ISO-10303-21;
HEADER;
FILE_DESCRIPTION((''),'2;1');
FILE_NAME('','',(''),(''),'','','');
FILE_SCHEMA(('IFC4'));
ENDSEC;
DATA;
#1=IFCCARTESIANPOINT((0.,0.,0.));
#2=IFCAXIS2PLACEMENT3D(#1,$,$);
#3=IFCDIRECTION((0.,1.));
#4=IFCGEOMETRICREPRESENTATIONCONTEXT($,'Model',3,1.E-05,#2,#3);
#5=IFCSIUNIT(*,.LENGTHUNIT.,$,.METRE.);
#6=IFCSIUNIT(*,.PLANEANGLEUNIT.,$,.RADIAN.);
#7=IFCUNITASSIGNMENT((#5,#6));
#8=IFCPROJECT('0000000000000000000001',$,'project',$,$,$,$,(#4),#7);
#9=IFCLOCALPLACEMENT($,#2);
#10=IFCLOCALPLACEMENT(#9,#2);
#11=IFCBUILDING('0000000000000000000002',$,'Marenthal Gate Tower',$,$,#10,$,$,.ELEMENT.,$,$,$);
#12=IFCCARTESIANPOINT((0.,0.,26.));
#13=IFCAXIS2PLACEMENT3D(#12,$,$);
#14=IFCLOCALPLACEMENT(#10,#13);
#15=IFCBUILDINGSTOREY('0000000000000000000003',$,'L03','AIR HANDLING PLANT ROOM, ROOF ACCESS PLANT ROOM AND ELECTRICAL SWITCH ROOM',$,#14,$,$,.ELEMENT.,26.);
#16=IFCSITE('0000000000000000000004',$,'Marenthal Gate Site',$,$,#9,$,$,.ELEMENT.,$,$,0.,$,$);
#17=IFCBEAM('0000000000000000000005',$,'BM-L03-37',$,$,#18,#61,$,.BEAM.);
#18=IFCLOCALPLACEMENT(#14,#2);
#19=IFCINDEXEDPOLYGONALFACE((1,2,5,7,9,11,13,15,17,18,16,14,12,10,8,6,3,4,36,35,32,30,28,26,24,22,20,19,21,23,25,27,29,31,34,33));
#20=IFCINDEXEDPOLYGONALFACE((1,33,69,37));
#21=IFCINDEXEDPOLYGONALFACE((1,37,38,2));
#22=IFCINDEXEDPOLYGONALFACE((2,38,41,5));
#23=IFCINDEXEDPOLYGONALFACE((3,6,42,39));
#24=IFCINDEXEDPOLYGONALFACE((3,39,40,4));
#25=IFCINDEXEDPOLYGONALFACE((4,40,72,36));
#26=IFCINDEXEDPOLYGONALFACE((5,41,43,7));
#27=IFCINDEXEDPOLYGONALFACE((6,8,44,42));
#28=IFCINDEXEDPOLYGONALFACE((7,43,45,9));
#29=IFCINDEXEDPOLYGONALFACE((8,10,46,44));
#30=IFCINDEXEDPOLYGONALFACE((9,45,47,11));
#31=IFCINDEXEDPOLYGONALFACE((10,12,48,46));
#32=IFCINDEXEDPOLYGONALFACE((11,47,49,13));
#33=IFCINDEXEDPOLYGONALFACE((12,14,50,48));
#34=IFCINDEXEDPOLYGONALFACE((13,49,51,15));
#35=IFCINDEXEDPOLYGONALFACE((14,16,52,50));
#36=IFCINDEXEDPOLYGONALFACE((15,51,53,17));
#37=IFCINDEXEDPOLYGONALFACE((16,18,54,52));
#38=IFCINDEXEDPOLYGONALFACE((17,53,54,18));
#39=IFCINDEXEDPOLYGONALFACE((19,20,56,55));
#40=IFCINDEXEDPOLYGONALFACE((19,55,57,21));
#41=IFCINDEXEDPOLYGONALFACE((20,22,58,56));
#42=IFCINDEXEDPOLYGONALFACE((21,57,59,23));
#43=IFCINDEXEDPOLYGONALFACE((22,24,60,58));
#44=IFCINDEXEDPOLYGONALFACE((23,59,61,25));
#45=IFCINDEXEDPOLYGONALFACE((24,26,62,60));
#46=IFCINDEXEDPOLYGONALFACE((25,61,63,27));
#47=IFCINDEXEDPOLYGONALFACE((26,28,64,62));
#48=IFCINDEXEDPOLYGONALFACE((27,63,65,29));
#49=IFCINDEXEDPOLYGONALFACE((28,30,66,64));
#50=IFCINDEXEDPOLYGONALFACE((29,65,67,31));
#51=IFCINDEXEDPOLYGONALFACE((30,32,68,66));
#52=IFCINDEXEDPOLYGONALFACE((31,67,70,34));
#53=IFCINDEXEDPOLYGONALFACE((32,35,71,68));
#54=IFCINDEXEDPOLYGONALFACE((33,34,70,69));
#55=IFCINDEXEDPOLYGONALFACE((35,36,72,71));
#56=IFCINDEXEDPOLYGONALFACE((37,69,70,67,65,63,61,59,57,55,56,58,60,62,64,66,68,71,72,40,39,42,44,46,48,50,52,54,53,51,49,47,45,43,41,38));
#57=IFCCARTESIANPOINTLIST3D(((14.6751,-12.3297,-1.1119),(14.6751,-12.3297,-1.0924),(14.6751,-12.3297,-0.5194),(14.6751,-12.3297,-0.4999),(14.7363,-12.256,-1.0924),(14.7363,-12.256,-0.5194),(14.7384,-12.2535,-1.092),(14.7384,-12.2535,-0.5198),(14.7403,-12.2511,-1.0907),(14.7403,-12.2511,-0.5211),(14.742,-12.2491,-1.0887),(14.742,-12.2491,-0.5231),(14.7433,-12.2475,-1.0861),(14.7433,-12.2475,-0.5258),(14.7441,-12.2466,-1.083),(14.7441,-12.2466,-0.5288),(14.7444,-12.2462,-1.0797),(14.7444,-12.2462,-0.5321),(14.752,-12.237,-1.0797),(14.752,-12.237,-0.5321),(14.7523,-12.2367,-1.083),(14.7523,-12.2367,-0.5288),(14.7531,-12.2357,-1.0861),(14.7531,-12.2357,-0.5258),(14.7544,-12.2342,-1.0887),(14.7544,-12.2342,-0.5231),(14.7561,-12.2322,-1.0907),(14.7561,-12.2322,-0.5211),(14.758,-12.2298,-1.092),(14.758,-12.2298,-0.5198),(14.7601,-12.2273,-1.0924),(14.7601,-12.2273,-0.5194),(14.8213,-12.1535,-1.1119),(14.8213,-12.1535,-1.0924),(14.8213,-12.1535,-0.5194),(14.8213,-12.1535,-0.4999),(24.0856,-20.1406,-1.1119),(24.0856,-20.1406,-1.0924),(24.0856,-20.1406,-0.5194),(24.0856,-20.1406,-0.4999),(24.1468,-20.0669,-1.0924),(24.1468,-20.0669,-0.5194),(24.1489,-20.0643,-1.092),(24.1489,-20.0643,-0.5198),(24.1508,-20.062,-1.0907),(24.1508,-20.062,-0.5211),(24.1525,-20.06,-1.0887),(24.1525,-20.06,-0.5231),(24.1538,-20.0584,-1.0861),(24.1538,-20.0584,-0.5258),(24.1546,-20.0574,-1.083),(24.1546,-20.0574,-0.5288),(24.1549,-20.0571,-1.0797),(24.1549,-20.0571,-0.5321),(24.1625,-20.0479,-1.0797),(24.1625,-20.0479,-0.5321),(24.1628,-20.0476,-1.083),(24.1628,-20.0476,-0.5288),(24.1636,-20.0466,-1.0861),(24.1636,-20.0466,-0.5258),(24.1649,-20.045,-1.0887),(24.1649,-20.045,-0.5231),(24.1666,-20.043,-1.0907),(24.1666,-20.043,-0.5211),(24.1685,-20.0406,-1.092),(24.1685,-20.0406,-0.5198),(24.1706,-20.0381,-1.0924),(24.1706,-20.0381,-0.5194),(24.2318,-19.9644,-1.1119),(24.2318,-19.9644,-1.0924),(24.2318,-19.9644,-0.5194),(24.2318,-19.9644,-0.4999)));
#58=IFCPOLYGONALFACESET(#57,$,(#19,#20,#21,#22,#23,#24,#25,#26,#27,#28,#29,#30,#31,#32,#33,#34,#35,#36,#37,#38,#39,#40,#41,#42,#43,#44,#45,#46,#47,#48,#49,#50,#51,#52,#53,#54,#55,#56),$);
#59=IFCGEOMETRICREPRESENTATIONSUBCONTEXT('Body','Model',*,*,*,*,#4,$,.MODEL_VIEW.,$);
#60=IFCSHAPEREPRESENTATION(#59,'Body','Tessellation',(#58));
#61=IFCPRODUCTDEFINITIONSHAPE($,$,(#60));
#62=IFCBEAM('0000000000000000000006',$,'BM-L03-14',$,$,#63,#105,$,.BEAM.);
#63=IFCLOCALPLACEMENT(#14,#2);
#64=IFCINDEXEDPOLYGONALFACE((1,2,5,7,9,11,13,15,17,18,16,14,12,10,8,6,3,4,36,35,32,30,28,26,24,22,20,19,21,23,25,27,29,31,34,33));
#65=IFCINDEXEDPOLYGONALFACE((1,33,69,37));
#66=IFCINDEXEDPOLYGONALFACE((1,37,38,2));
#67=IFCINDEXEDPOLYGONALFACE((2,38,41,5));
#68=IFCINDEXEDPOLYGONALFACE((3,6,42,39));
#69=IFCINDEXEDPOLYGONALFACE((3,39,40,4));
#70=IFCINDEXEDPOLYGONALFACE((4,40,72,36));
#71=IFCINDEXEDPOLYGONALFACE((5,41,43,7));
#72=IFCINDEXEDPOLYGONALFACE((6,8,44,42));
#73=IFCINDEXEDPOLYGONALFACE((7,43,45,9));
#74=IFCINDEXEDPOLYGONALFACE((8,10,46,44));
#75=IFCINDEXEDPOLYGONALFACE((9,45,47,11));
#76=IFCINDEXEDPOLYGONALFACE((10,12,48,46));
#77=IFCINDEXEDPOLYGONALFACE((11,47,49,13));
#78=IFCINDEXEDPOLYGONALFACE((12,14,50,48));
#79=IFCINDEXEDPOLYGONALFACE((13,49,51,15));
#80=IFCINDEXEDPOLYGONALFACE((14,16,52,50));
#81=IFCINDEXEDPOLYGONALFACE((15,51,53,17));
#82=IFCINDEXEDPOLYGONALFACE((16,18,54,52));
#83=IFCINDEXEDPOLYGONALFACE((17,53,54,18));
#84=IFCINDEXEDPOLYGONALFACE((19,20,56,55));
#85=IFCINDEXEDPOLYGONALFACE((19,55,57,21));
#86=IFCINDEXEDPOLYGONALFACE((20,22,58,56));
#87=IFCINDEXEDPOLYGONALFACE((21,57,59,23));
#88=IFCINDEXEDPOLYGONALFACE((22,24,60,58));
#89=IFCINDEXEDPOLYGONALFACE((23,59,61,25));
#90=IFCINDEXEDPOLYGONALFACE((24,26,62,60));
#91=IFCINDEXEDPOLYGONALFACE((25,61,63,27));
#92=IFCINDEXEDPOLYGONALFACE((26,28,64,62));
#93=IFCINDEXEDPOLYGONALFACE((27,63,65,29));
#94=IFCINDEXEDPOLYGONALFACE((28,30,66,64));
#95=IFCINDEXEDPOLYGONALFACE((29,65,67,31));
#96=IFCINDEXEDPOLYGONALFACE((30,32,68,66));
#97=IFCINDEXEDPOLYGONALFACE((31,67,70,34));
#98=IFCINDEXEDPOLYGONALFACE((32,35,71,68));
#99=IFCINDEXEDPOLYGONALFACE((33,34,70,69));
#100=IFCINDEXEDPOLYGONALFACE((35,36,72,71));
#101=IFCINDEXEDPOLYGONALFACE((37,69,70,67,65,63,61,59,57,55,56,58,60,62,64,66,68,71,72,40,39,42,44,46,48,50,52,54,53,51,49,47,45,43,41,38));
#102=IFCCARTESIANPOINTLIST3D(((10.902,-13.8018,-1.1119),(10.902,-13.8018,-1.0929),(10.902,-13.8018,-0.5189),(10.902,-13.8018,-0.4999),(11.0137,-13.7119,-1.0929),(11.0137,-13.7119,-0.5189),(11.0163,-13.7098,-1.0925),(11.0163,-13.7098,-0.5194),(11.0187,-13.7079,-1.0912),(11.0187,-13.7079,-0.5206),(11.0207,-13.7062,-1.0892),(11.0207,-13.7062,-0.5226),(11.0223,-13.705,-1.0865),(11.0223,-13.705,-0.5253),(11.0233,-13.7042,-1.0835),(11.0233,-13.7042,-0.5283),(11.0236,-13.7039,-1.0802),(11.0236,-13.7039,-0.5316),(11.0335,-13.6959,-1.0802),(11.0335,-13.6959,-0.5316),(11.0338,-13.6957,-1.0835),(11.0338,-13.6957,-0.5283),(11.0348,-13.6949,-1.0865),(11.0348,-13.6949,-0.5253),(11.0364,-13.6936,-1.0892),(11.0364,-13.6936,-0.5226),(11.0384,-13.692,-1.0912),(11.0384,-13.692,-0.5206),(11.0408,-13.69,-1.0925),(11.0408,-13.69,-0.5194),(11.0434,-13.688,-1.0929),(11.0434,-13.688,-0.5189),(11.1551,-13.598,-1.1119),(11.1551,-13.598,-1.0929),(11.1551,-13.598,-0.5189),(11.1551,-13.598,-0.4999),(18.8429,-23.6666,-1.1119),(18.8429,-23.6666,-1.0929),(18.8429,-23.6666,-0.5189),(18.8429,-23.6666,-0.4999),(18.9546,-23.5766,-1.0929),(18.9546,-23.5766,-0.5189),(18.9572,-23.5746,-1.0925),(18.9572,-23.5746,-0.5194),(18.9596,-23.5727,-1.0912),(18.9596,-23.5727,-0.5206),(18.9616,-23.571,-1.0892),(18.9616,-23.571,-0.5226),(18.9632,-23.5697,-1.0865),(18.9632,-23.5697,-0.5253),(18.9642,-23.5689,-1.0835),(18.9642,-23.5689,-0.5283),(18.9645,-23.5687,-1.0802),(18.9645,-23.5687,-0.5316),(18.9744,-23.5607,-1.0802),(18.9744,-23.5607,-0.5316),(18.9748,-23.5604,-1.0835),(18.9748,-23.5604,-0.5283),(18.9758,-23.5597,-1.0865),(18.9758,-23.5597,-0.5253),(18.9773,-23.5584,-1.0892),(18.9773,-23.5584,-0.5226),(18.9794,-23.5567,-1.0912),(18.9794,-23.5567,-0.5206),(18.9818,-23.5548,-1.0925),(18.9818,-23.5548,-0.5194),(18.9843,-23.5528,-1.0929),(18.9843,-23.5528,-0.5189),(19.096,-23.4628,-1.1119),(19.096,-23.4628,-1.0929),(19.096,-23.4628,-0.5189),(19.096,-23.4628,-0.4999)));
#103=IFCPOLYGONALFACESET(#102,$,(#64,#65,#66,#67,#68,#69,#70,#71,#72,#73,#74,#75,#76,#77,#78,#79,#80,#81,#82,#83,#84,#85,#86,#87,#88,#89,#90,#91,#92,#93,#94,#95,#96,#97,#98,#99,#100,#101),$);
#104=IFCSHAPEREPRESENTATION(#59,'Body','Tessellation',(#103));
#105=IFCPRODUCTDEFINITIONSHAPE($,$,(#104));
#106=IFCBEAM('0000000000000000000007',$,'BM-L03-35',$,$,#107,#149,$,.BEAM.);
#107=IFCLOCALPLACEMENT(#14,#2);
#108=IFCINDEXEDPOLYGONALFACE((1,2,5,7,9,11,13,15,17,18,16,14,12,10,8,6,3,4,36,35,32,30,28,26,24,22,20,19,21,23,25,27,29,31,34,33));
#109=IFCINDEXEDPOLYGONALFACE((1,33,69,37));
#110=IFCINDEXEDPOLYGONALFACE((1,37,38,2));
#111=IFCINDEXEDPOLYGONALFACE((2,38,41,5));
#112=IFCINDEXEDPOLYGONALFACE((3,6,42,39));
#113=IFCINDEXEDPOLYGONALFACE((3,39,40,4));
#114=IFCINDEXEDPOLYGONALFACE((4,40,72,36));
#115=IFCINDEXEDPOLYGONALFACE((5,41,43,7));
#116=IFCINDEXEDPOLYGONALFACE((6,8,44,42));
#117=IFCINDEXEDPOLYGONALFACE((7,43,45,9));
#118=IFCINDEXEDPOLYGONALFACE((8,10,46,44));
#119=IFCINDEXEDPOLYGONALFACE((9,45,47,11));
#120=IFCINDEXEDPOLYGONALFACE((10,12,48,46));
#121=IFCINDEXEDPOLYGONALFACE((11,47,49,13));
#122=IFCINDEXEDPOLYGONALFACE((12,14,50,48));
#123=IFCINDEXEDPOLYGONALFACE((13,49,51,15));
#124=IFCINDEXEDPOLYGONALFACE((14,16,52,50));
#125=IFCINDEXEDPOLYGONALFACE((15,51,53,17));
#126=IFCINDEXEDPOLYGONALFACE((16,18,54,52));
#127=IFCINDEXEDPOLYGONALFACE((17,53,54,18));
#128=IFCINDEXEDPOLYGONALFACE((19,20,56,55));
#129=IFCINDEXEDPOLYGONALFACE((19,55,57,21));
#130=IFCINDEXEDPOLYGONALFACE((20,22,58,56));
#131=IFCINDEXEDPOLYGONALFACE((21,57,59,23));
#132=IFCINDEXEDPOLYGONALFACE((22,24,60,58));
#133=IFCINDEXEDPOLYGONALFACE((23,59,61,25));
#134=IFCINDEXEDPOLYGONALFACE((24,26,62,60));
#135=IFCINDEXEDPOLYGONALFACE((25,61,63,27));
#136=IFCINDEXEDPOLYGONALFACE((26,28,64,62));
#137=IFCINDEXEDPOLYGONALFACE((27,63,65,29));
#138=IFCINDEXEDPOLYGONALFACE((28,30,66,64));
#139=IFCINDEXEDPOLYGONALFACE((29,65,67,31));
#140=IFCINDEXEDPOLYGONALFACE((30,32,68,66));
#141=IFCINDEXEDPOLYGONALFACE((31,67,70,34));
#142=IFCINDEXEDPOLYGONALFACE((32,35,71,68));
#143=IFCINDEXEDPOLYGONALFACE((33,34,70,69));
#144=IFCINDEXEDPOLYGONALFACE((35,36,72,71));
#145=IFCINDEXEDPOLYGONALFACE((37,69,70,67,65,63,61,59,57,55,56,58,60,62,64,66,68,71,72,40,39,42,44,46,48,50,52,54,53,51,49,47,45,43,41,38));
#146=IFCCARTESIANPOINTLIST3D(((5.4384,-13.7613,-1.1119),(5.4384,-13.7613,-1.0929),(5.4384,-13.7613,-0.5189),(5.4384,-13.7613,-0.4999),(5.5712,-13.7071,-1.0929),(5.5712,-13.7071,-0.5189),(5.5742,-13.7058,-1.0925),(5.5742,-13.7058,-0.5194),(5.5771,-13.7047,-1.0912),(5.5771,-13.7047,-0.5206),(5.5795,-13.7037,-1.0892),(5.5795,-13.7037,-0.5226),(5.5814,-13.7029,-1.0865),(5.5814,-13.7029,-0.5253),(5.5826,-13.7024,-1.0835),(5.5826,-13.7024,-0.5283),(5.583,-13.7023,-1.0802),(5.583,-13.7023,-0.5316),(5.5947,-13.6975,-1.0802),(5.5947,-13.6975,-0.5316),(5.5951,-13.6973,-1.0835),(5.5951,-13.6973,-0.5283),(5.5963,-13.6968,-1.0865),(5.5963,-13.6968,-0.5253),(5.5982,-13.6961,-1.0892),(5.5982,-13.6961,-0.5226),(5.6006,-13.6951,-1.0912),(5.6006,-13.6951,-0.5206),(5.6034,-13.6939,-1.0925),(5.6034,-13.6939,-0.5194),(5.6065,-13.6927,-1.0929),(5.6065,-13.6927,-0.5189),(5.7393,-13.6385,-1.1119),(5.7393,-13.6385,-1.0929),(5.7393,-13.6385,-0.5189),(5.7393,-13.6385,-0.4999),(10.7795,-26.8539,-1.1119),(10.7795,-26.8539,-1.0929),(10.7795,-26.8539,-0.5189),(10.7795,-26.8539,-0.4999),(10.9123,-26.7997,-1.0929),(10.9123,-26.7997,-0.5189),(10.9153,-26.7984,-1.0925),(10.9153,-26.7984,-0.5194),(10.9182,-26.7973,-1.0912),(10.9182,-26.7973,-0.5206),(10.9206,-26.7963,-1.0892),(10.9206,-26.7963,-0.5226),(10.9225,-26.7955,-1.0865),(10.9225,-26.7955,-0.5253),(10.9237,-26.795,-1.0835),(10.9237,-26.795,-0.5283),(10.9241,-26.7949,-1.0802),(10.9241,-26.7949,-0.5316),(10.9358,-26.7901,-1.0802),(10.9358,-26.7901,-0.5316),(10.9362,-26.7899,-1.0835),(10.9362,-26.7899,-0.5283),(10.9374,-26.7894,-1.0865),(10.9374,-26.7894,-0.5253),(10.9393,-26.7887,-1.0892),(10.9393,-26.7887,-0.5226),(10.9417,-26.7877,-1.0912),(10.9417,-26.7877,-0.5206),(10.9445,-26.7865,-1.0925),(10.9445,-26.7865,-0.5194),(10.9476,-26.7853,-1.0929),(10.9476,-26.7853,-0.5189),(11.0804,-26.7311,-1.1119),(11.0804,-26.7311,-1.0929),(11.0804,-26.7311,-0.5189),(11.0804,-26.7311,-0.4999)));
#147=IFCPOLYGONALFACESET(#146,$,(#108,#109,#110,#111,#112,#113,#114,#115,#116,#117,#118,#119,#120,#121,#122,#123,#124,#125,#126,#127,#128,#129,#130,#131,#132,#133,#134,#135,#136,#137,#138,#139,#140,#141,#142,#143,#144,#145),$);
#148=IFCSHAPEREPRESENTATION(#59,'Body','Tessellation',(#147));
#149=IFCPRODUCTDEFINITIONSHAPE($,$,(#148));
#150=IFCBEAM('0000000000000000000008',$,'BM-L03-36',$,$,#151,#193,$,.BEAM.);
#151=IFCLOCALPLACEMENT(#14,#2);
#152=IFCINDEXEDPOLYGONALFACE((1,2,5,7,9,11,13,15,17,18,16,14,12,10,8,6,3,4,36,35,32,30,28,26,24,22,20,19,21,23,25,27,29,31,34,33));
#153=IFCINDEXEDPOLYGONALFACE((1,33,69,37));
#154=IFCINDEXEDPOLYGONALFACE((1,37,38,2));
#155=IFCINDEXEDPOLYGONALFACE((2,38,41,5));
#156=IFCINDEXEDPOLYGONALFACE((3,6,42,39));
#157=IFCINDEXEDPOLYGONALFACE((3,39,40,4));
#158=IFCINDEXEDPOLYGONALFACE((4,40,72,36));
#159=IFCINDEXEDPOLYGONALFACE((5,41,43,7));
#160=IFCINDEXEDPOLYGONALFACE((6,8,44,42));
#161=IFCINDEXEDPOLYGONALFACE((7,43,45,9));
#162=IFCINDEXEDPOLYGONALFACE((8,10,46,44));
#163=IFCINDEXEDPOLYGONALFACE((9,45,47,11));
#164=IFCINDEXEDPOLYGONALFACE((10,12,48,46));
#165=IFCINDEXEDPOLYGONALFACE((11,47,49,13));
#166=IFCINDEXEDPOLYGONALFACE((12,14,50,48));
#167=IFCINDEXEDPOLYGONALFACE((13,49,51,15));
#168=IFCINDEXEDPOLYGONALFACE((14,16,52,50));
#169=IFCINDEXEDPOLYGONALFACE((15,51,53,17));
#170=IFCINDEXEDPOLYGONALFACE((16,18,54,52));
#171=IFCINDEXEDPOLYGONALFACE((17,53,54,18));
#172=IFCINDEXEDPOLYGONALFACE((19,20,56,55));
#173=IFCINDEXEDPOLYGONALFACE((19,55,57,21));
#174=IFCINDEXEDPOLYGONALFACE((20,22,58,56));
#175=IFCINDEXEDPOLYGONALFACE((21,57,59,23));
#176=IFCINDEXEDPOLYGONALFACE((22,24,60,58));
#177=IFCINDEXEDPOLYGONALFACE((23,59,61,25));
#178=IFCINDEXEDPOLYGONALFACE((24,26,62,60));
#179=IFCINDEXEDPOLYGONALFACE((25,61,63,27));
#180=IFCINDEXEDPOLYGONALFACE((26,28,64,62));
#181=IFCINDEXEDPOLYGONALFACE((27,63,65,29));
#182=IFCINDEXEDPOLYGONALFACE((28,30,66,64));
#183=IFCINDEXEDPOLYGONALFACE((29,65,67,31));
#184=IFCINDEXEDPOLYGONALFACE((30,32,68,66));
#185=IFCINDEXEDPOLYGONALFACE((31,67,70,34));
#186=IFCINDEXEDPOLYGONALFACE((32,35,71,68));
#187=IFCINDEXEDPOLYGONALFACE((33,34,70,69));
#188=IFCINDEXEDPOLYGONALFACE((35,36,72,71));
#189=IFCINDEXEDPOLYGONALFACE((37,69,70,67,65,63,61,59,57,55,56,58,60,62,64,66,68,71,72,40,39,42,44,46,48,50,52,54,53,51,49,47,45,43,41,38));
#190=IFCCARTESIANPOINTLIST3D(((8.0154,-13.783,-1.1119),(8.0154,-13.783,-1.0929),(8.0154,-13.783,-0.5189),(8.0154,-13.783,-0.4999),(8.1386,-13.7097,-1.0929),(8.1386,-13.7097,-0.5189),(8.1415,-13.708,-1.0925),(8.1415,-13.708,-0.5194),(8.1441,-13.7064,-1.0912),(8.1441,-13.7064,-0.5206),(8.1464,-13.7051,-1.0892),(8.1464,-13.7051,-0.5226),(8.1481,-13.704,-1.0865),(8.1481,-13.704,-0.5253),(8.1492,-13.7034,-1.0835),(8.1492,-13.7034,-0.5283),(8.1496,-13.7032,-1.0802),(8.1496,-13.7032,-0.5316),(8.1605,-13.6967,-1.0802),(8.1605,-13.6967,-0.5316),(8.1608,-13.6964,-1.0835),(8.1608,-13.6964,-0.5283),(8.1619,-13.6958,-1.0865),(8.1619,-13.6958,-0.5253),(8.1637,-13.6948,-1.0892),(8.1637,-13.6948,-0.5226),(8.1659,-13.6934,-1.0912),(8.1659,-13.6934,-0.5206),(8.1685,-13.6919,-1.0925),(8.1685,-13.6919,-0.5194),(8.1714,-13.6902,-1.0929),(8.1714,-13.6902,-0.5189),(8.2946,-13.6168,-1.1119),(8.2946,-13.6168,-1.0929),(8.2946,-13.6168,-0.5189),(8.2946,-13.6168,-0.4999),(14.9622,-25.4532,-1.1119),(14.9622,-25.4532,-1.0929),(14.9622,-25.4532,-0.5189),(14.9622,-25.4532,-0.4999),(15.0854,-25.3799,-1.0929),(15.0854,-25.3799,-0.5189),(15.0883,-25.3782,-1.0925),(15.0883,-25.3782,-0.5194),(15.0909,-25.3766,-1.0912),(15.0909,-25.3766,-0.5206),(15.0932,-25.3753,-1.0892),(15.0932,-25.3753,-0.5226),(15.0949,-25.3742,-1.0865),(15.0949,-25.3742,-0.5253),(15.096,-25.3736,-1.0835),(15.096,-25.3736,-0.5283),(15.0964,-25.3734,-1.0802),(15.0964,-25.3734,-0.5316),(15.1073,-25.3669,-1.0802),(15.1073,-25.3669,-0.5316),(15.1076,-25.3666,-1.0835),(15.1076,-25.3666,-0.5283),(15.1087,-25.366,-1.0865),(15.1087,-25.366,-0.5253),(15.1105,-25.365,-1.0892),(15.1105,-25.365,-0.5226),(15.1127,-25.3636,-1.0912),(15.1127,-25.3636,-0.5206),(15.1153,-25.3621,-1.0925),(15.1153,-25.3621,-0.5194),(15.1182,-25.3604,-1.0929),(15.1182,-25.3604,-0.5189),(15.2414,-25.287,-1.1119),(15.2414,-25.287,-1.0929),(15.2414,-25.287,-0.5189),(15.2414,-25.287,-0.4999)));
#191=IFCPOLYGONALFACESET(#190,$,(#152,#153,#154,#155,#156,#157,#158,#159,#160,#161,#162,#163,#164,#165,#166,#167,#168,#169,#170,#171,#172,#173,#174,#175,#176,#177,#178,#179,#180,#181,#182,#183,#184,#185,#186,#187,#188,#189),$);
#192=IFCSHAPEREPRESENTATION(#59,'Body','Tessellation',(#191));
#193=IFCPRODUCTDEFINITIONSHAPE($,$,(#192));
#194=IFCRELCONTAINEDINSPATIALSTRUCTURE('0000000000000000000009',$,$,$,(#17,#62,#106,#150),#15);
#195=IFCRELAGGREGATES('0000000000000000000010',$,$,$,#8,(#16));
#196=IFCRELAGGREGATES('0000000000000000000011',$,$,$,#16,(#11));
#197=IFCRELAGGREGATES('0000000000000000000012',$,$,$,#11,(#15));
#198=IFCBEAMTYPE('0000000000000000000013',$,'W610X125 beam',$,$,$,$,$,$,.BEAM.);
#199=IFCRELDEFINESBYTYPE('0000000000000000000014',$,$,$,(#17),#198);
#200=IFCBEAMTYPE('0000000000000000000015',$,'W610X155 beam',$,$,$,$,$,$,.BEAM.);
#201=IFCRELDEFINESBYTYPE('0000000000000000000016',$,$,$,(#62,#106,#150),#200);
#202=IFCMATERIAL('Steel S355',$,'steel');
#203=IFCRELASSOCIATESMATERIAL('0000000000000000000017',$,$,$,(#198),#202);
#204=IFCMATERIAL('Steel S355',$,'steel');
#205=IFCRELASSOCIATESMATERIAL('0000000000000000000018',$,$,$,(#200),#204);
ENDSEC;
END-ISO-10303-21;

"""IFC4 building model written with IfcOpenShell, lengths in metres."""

from ifc_helpers import new_model, si_unit, direction, frame, origin, origin_2d, place, context, subcontext, project, spatial, i_section, extrude, material, material_profile, profile_set, type_object, element, save


model = new_model("IFC4")

# Units and contexts
model_context = context("Model", 3, precision=1e-05, world=origin(), true_north=direction((0.0, 1.0)))
body_context = subcontext(model_context, "Body", "Model", "MODEL_VIEW")
ifc_project = project(units=[si_unit("LENGTHUNIT", "METRE"), si_unit("PLANEANGLEUNIT", "RADIAN")], contexts=[model_context])

# Site, building, storey
site_placement = place(None, origin())
site = spatial("IfcSite", under=ifc_project, at=site_placement, Name="Marenthal Gate Site", CompositionType="ELEMENT", RefElevation=0.0)
building_placement = place(site_placement, origin())
building = spatial("IfcBuilding", under=site, at=building_placement, Name="Marenthal Gate Tower", CompositionType="ELEMENT")
storey_placement = place(building_placement, frame((0.0, 0.0, 26.0)))
storey = spatial("IfcBuildingStorey", under=building, at=storey_placement, Name="L03", Description="AIR HANDLING PLANT ROOM, ROOF ACCESS PLANT ROOM AND ELECTRICAL SWITCH ROOM", CompositionType="ELEMENT", Elevation=26.0)

# Beams
ifc_material_1 = material(Name="Steel S355", Category="steel")
ifc_material_profile_1 = material_profile(ifc_material_1, i_section(OverallWidth=0.229, OverallDepth=0.6121, WebThickness=0.012, FlangeThickness=0.0195, FilletRadius=0.0127, at=origin_2d()), Name="W610X125")
ifc_profile_set_1 = profile_set([ifc_material_profile_1], Name="Steel S355")
beam_type_1 = type_object("IfcBeamType", Name="W610X125 beam", PredefinedType="BEAM", material=ifc_profile_set_1)
beam_1_placement = place(storey_placement, frame((24.1587, -20.0525, -0.8059), z_axis=(-0.769475, 0.638677, 0.0), x_axis=(-0.638677, -0.769475, 0.0)))
element("IfcBeam", 1, at=beam_1_placement, inside=storey, type_object=beam_type_1, Name="BM-L03-37", PredefinedType="BEAM", context=body_context, shape_type="SweptSolid", body=[
    extrude(i_section(OverallWidth=0.229, OverallDepth=0.6121, WebThickness=0.012, FlangeThickness=0.0195, FilletRadius=0.0127, at=origin_2d()), origin(), (0.0, 0.0, 1.0), 12.2297),
])
ifc_material_2 = material(Name="Steel S355", Category="steel")
ifc_material_profile_2 = material_profile(ifc_material_2, i_section(OverallWidth=0.325, OverallDepth=0.6121, WebThickness=0.0127, FlangeThickness=0.019, FilletRadius=0.0127, at=origin_2d()), Name="W610X155")
ifc_profile_set_2 = profile_set([ifc_material_profile_2], Name="Steel S355")
beam_type_2 = type_object("IfcBeamType", Name="W610X155 beam", PredefinedType="BEAM", material=ifc_profile_set_2)
beam_2_placement = place(storey_placement, frame((18.9695, -23.5647, -0.8059), z_axis=(-0.627057, 0.778973, 0.0), x_axis=(-0.778973, -0.627057, 0.0)))
element("IfcBeam", 2, at=beam_2_placement, inside=storey, type_object=beam_type_2, Name="BM-L03-14", PredefinedType="BEAM", context=body_context, shape_type="SweptSolid", body=[
    extrude(i_section(OverallWidth=0.325, OverallDepth=0.6121, WebThickness=0.0127, FlangeThickness=0.019, FilletRadius=0.0127, at=origin_2d()), origin(), (0.0, 0.0, 1.0), 12.6638),
])
beam_3_placement = place(storey_placement, frame((10.9299, -26.7925, -0.8059), z_axis=(-0.377726, 0.925918, 0.0), x_axis=(-0.925918, -0.377726, 0.0)))
element("IfcBeam", 3, at=beam_3_placement, inside=storey, type_object=beam_type_2, Name="BM-L03-35", PredefinedType="BEAM", context=body_context, shape_type="SweptSolid", body=[
    extrude(i_section(OverallWidth=0.325, OverallDepth=0.6121, WebThickness=0.0127, FlangeThickness=0.019, FilletRadius=0.0127, at=origin_2d()), origin(), (0.0, 0.0, 1.0), 14.1401),
])
beam_4_placement = place(storey_placement, frame((15.1018, -25.3701, -0.8059), z_axis=(-0.511497, 0.859285, 0.0), x_axis=(-0.859285, -0.511497, 0.0)))
element("IfcBeam", 4, at=beam_4_placement, inside=storey, type_object=beam_type_2, Name="BM-L03-36", PredefinedType="BEAM", context=body_context, shape_type="SweptSolid", body=[
    extrude(i_section(OverallWidth=0.325, OverallDepth=0.6121, WebThickness=0.0127, FlangeThickness=0.019, FilletRadius=0.0127, at=origin_2d()), origin(), (0.0, 0.0, 1.0), 13.5813),
])

save(model, "model.ifc")
